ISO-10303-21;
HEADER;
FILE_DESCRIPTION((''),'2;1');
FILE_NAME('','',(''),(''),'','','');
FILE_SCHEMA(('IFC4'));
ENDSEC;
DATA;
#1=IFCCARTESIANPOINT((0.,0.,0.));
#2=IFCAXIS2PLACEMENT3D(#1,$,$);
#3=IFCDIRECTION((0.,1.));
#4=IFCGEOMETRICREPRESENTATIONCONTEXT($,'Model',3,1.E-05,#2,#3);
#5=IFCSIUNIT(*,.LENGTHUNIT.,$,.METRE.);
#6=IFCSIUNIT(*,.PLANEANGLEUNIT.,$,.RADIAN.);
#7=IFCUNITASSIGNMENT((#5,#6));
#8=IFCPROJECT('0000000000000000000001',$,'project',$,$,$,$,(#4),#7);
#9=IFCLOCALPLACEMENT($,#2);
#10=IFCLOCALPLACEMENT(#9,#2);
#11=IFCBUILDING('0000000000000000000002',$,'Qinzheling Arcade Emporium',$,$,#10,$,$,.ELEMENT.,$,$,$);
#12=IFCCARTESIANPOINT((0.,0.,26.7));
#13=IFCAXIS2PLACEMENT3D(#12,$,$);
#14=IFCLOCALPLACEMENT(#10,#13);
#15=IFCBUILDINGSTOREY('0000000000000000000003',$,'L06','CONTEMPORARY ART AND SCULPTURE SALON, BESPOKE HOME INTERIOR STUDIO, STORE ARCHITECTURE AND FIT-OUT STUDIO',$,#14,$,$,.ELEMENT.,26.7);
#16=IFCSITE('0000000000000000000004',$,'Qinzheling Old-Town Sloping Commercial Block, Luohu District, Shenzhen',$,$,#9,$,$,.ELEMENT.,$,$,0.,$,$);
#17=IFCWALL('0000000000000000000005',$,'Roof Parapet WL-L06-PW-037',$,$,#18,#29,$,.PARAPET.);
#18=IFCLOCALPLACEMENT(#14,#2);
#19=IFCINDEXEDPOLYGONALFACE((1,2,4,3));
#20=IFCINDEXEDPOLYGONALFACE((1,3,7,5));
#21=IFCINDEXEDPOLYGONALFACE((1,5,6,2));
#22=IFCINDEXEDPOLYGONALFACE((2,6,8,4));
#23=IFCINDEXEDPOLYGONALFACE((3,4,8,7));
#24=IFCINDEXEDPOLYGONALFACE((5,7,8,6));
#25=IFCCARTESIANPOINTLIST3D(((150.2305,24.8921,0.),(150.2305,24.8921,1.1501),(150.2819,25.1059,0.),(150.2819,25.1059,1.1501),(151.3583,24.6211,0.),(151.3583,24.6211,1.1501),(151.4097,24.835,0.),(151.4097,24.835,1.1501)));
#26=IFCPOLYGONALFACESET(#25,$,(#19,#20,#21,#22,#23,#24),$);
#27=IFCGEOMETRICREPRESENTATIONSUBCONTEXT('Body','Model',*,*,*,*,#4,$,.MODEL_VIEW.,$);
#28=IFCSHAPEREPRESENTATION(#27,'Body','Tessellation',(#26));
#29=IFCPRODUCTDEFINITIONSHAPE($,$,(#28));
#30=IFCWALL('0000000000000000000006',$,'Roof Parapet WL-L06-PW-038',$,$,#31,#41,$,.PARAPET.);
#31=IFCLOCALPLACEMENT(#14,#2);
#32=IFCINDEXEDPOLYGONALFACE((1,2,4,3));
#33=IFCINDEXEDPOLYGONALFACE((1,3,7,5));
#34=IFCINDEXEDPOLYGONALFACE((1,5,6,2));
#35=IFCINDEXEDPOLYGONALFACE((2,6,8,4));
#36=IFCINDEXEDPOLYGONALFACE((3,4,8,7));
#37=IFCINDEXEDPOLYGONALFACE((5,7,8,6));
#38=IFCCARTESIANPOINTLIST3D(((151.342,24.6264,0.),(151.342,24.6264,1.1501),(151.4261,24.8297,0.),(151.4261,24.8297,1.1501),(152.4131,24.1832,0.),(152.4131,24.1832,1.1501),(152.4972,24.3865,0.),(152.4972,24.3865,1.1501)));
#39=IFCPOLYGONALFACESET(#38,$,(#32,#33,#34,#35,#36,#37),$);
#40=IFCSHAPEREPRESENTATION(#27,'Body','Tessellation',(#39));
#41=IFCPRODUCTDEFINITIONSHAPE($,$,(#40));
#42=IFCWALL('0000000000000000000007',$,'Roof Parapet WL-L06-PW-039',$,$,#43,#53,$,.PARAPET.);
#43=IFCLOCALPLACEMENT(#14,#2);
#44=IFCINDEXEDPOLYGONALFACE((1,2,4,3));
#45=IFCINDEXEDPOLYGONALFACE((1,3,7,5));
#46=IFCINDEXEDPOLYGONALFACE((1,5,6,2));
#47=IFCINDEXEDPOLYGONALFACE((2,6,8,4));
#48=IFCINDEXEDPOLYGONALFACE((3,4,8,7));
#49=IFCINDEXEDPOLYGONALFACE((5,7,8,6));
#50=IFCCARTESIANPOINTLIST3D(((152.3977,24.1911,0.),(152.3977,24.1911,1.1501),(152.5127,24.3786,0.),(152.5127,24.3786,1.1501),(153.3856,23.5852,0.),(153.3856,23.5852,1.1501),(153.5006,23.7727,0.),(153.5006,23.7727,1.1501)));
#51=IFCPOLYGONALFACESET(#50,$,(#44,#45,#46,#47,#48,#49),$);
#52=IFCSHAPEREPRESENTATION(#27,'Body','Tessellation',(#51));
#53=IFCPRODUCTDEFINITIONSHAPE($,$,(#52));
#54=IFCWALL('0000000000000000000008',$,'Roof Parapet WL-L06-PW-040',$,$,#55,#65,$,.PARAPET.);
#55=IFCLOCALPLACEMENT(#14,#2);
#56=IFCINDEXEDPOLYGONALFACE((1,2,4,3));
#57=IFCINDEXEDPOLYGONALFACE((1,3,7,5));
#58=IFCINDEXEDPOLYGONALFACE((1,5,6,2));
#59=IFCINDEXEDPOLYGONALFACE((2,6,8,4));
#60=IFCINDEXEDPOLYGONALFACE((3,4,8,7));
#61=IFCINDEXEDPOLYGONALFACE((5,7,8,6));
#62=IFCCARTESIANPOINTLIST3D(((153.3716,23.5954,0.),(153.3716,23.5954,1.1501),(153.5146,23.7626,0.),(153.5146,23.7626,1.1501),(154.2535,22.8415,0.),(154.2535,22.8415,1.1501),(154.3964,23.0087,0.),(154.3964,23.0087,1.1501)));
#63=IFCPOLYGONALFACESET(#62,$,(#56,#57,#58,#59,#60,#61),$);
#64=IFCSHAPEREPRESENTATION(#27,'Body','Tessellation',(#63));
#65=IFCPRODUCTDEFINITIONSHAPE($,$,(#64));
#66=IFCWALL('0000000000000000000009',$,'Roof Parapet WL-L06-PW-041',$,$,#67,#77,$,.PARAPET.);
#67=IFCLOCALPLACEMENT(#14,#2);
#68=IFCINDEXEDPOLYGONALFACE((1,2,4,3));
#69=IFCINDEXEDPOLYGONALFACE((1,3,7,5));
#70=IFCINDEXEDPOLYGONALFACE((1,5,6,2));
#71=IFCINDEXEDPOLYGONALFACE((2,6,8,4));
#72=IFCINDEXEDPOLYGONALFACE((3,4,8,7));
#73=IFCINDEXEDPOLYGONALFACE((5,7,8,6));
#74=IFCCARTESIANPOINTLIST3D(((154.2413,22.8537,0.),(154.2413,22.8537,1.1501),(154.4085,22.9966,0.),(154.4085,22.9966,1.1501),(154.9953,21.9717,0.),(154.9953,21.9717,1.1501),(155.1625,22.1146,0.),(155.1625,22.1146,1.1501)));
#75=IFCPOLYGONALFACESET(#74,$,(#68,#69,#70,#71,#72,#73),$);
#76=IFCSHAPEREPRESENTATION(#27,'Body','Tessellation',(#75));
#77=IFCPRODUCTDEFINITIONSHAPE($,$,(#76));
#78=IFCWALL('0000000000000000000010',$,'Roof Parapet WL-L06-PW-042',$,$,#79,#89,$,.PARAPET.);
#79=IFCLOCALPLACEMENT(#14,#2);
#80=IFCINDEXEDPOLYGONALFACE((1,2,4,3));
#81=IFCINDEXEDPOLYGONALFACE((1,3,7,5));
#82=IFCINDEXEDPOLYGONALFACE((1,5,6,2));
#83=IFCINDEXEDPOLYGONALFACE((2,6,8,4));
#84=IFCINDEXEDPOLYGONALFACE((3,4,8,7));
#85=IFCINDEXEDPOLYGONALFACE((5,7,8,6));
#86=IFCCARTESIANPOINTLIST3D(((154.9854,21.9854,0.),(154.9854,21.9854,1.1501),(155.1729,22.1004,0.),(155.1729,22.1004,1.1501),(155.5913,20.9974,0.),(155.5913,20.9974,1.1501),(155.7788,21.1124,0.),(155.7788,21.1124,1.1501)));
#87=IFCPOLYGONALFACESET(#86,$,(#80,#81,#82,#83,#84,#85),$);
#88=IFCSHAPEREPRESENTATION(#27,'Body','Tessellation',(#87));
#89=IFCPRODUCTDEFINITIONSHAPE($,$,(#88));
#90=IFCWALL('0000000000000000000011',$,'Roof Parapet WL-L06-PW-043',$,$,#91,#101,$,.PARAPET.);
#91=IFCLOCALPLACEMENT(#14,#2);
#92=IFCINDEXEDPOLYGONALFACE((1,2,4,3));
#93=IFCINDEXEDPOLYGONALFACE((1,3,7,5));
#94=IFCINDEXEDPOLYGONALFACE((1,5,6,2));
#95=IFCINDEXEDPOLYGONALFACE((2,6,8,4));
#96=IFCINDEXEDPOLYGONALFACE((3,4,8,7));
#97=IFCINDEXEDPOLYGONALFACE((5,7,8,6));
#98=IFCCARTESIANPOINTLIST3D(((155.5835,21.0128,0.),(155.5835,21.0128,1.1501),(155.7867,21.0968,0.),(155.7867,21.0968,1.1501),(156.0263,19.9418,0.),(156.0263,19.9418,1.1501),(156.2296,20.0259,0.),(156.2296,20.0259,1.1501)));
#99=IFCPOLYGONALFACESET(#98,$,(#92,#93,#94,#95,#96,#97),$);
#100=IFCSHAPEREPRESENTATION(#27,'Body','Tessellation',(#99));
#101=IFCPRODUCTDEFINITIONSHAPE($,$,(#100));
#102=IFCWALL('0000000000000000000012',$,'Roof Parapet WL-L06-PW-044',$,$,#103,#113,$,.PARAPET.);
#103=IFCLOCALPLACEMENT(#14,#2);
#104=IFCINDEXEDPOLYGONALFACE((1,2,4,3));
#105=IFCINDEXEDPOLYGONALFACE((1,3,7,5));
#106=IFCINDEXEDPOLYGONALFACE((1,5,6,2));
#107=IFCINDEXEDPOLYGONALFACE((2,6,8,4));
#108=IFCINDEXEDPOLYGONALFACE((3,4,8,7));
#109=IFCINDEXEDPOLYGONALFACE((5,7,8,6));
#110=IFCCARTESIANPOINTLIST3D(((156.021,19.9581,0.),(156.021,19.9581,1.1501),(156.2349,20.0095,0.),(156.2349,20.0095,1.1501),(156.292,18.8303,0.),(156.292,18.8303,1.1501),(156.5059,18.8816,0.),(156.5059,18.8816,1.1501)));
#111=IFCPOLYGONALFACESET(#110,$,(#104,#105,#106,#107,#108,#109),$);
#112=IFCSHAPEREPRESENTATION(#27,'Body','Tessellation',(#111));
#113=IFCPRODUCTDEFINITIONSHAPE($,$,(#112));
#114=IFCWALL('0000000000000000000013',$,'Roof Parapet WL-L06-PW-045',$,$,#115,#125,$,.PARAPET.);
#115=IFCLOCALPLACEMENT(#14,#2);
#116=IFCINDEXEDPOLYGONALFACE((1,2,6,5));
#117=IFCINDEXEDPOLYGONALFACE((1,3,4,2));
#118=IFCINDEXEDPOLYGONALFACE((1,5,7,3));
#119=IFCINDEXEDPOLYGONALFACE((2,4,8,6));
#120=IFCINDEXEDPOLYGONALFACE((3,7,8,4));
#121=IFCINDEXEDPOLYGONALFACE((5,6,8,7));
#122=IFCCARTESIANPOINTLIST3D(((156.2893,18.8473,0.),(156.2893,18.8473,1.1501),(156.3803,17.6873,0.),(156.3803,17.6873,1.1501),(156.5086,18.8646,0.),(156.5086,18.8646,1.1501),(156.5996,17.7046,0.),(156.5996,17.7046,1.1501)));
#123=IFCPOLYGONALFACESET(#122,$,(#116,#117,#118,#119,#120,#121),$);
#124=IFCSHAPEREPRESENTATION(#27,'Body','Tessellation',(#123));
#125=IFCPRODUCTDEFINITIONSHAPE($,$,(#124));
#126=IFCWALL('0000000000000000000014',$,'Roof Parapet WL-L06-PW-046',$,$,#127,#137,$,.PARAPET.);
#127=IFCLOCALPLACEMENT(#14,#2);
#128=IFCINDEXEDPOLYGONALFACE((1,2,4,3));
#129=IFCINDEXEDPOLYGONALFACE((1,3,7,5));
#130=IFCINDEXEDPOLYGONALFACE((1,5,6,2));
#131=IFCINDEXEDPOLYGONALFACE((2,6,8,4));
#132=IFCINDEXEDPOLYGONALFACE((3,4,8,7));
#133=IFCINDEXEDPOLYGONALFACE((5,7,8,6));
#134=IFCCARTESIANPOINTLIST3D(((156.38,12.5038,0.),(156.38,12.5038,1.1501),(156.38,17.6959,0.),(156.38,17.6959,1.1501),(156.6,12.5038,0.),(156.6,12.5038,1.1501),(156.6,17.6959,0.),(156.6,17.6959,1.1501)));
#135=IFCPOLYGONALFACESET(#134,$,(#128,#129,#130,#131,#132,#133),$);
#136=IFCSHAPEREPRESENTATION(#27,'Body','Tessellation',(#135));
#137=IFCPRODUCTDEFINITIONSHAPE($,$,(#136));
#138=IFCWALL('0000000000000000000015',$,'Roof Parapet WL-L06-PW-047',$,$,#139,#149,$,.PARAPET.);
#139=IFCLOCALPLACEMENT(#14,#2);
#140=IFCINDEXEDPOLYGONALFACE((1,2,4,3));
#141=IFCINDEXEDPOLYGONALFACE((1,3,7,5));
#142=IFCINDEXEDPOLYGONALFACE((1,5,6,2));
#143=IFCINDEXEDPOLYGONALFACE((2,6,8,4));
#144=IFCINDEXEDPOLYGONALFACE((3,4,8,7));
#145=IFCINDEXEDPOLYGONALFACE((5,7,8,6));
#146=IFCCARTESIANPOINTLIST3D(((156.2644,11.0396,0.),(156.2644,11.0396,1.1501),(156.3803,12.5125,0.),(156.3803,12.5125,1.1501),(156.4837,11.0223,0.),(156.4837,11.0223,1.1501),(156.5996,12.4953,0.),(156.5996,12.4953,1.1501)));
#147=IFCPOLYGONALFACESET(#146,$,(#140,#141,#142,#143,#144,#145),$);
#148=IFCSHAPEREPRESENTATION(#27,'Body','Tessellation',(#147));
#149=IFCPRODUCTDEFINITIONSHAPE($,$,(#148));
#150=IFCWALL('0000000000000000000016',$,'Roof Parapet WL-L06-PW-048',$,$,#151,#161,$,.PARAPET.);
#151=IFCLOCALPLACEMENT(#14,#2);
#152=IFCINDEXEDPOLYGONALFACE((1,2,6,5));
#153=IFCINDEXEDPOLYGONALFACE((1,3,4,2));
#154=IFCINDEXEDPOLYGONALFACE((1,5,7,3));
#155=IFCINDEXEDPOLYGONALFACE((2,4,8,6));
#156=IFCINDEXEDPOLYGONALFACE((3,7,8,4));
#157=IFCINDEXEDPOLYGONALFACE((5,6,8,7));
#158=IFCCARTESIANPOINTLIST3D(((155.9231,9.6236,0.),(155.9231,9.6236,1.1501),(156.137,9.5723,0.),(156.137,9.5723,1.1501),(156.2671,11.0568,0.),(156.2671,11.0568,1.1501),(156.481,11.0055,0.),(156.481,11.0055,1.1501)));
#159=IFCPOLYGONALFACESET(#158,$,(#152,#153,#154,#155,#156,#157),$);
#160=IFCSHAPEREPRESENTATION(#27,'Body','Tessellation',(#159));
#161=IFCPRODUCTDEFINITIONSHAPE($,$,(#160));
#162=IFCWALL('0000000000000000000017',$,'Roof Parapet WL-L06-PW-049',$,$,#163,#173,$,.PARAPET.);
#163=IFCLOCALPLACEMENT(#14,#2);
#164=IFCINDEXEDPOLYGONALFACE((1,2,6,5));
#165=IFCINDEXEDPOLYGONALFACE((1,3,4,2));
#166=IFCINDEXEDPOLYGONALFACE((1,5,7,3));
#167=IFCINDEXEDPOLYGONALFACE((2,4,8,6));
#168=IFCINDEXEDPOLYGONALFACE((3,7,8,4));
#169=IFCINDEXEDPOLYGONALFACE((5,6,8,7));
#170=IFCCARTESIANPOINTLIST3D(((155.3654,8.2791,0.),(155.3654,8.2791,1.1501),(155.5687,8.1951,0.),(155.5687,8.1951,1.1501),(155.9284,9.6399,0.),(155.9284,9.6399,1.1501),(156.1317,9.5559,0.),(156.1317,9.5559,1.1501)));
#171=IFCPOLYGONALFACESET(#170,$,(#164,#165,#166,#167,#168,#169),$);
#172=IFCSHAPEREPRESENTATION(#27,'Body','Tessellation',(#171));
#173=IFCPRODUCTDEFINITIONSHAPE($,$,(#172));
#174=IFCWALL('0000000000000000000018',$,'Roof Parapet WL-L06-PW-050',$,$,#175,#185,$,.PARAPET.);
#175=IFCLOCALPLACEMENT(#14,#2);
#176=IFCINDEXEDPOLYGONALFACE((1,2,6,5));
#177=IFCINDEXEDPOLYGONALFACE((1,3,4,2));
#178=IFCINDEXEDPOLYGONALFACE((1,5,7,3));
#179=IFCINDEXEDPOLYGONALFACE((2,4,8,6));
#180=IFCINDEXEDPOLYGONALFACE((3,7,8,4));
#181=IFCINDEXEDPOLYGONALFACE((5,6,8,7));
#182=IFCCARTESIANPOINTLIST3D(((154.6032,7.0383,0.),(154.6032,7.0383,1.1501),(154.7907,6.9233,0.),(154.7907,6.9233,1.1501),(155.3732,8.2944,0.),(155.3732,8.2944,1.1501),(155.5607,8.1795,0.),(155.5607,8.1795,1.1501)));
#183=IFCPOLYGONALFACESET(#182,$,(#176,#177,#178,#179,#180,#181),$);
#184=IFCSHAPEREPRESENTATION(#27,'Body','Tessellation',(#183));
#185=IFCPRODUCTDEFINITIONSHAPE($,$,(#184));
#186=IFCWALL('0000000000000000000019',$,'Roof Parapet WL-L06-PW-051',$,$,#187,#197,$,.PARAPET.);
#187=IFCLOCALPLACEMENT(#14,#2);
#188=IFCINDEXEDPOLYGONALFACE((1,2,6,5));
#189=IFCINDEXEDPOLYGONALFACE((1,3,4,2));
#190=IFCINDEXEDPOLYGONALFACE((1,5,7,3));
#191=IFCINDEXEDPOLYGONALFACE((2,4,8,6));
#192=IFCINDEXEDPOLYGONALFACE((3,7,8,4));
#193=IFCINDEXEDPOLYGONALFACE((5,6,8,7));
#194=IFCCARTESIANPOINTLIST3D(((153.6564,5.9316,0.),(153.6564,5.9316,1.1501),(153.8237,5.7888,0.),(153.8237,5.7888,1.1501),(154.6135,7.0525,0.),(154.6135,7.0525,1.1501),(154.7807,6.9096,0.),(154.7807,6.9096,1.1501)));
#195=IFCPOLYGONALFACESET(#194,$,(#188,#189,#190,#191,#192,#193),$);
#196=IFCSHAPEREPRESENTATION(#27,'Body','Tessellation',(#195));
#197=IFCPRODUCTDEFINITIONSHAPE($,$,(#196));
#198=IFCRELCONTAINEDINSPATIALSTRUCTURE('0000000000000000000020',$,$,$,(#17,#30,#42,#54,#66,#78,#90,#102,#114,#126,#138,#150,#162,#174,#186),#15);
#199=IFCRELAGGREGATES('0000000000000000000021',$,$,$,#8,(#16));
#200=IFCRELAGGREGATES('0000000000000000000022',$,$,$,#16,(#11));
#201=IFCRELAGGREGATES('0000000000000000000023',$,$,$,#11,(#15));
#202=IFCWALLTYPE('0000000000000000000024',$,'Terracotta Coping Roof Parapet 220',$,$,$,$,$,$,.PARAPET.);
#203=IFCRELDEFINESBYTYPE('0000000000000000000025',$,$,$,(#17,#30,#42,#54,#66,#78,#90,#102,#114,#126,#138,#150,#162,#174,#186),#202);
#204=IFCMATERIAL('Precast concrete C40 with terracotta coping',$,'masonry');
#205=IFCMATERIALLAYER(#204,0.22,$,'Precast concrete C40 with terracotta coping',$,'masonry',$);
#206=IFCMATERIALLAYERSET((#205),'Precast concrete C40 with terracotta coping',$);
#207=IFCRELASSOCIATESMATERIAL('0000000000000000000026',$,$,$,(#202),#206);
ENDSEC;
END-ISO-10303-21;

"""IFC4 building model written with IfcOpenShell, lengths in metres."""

from ifc_helpers import new_model, si_unit, direction, frame, frame_2d, origin, place, context, subcontext, project, spatial, rectangle, extrude, material, layer, layer_set, type_object, element, save


model = new_model("IFC4")

# Units and contexts
model_context = context("Model", 3, precision=1e-05, world=origin(), true_north=direction((0.0, 1.0)))
body_context = subcontext(model_context, "Body", "Model", "MODEL_VIEW")
ifc_project = project(units=[si_unit("LENGTHUNIT", "METRE"), si_unit("PLANEANGLEUNIT", "RADIAN")], contexts=[model_context])

# Site, building, storey
site_placement = place(None, origin())
site = spatial("IfcSite", under=ifc_project, at=site_placement, Name="Qinzheling Old-Town Sloping Commercial Block, Luohu District, Shenzhen", CompositionType="ELEMENT", RefElevation=0.0)
building_placement = place(site_placement, origin())
building = spatial("IfcBuilding", under=site, at=building_placement, Name="Qinzheling Arcade Emporium", CompositionType="ELEMENT")
storey_placement = place(building_placement, frame((0.0, 0.0, 26.7)))
storey = spatial("IfcBuildingStorey", under=building, at=storey_placement, Name="L06", Description="CONTEMPORARY ART AND SCULPTURE SALON, BESPOKE HOME INTERIOR STUDIO, STORE ARCHITECTURE AND FIT-OUT STUDIO", CompositionType="ELEMENT", Elevation=26.7)

# Walls
ifc_material_1 = material(Name="Precast concrete C40 with terracotta coping", Category="masonry")
ifc_layer_1 = layer(ifc_material_1, 0.22, Name="Precast concrete C40 with terracotta coping", Category="masonry")
ifc_layer_set_1 = layer_set([ifc_layer_1], Name="Precast concrete C40 with terracotta coping")
wall_type_1 = type_object("IfcWallType", Name="Terracotta Coping Roof Parapet 220", PredefinedType="PARAPET", material=ifc_layer_set_1)
wall_1_placement = place(storey_placement, frame((150.2561, 24.999, 0.0), z_axis=(0.0, 0.0, 1.0), x_axis=(0.97233, -0.233612, 0.0)))
element("IfcWall", 1, at=wall_1_placement, inside=storey, type_object=wall_type_1, Name="Roof Parapet WL-L06-PW-037", PredefinedType="PARAPET", context=body_context, shape_type="SweptSolid", body=[
    extrude(rectangle(XDim=1.1599, YDim=0.22, at=frame_2d((0.5801, 0.0))), origin(), (0.0, 0.0, 1.0), 1.1501),
])
wall_2_placement = place(storey_placement, frame((151.384, 24.728, 0.0), z_axis=(0.0, 0.0, 1.0), x_axis=(0.92404, -0.382296, 0.0)))
element("IfcWall", 2, at=wall_2_placement, inside=storey, type_object=wall_type_1, Name="Roof Parapet WL-L06-PW-038", PredefinedType="PARAPET", context=body_context, shape_type="SweptSolid", body=[
    extrude(rectangle(XDim=1.1592, YDim=0.22, at=frame_2d((0.5796, 0.0))), origin(), (0.0, 0.0, 1.0), 1.1501),
])
wall_3_placement = place(storey_placement, frame((152.4551, 24.2849, 0.0), z_axis=(0.0, 0.0, 1.0), x_axis=(0.852453, -0.522804, 0.0)))
element("IfcWall", 3, at=wall_3_placement, inside=storey, type_object=wall_type_1, Name="Roof Parapet WL-L06-PW-039", PredefinedType="PARAPET", context=body_context, shape_type="SweptSolid", body=[
    extrude(rectangle(XDim=1.1589, YDim=0.22, at=frame_2d((0.5796, 0.0))), origin(), (0.0, 0.0, 1.0), 1.1501),
])
wall_4_placement = place(storey_placement, frame((153.4431, 23.679, 0.0), z_axis=(0.0, 0.0, 1.0), x_axis=(0.760088, -0.64982, 0.0)))
element("IfcWall", 4, at=wall_4_placement, inside=storey, type_object=wall_type_1, Name="Roof Parapet WL-L06-PW-040", PredefinedType="PARAPET", context=body_context, shape_type="SweptSolid", body=[
    extrude(rectangle(XDim=1.1602, YDim=0.22, at=frame_2d((0.5801, 0.0))), origin(), (0.0, 0.0, 1.0), 1.1501),
])
wall_5_placement = place(storey_placement, frame((154.325, 22.925, 0.0), z_axis=(0.0, 0.0, 1.0), x_axis=(0.649838, -0.760073, 0.0)))
element("IfcWall", 5, at=wall_5_placement, inside=storey, type_object=wall_type_1, Name="Roof Parapet WL-L06-PW-041", PredefinedType="PARAPET", context=body_context, shape_type="SweptSolid", body=[
    extrude(rectangle(XDim=1.1604, YDim=0.22, at=frame_2d((0.5801, 0.0))), origin(), (0.0, 0.0, 1.0), 1.1501),
])
for number, where, z_axis, x_axis, name in (
    (6, (155.0791, 22.043, 0.0), (0.0, 0.0, 1.0), (0.522804, -0.852453, 0.0), "Roof Parapet WL-L06-PW-042"),
    (7, (155.6851, 21.0549, 0.0), (0.0, 0.0, 1.0), (0.382116, -0.924114, 0.0), "Roof Parapet WL-L06-PW-043"),
):
    element("IfcWall", number, at=place(storey_placement, frame(where, z_axis=z_axis, x_axis=x_axis)), inside=storey, type_object=wall_type_1, Name=name, PredefinedType="PARAPET", context=body_context, shape_type="SweptSolid", body=[
        extrude(rectangle(XDim=1.1589, YDim=0.22, at=frame_2d((0.5796, 0.0))), origin(), (0.0, 0.0, 1.0), 1.1501),
    ])
wall_6_placement = place(storey_placement, frame((156.1279, 19.9839, 0.0), z_axis=(0.0, 0.0, 1.0), x_axis=(0.233612, -0.97233, 0.0)))
element("IfcWall", 8, at=wall_6_placement, inside=storey, type_object=wall_type_1, Name="Roof Parapet WL-L06-PW-044", PredefinedType="PARAPET", context=body_context, shape_type="SweptSolid", body=[
    extrude(rectangle(XDim=1.1599, YDim=0.22, at=frame_2d((0.5801, 0.0))), origin(), (0.0, 0.0, 1.0), 1.1501),
])
wall_7_placement = place(storey_placement, frame((156.3989, 18.856, 0.0), z_axis=(0.0, 0.0, 1.0), x_axis=(0.078269, -0.996932, 0.0)))
element("IfcWall", 9, at=wall_7_placement, inside=storey, type_object=wall_type_1, Name="Roof Parapet WL-L06-PW-045", PredefinedType="PARAPET", context=body_context, shape_type="SweptSolid", body=[
    extrude(rectangle(XDim=1.1636, YDim=0.22, at=frame_2d((0.5818, 0.0))), origin(), (0.0, 0.0, 1.0), 1.1501),
])
wall_8_placement = place(storey_placement, frame((156.49, 17.696, 0.0), z_axis=(0.0, 0.0, 1.0), x_axis=(0.0, -1.0, 0.0)))
element("IfcWall", 10, at=wall_8_placement, inside=storey, type_object=wall_type_1, Name="Roof Parapet WL-L06-PW-046", PredefinedType="PARAPET", context=body_context, shape_type="SweptSolid", body=[
    extrude(rectangle(XDim=5.1921, YDim=0.22, at=frame_2d((2.5962, 0.0))), origin(), (0.0, 0.0, 1.0), 1.1501),
])
wall_9_placement = place(storey_placement, frame((156.49, 12.5039, 0.0), z_axis=(0.0, 0.0, 1.0), x_axis=(-0.078491, -0.996915, 0.0)))
element("IfcWall", 11, at=wall_9_placement, inside=storey, type_object=wall_type_1, Name="Roof Parapet WL-L06-PW-047", PredefinedType="PARAPET", context=body_context, shape_type="SweptSolid", body=[
    extrude(rectangle(XDim=1.4775, YDim=0.22, at=frame_2d((0.7388, 0.0))), origin(), (0.0, 0.0, 1.0), 1.1501),
])
wall_10_placement = place(storey_placement, frame((156.374, 11.031, 0.0), z_axis=(0.0, 0.0, 1.0), x_axis=(-0.233404, -0.97238, 0.0)))
element("IfcWall", 12, at=wall_10_placement, inside=storey, type_object=wall_type_1, Name="Roof Parapet WL-L06-PW-048", PredefinedType="PARAPET", context=body_context, shape_type="SweptSolid", body=[
    extrude(rectangle(XDim=1.4739, YDim=0.22, at=frame_2d((0.7368, 0.0))), origin(), (0.0, 0.0, 1.0), 1.1501),
])
wall_11_placement = place(storey_placement, frame((156.03, 9.5979, 0.0), z_axis=(0.0, 0.0, 1.0), x_axis=(-0.382283, -0.924045, 0.0)))
element("IfcWall", 13, at=wall_11_placement, inside=storey, type_object=wall_type_1, Name="Roof Parapet WL-L06-PW-049", PredefinedType="PARAPET", context=body_context, shape_type="SweptSolid", body=[
    extrude(rectangle(XDim=1.4727, YDim=0.22, at=frame_2d((0.7363, 0.0))), origin(), (0.0, 0.0, 1.0), 1.1501),
])
wall_12_placement = place(storey_placement, frame((155.467, 8.2371, 0.0), z_axis=(0.0, 0.0, 1.0), x_axis=(-0.522636, -0.852556, 0.0)))
element("IfcWall", 14, at=wall_12_placement, inside=storey, type_object=wall_type_1, Name="Roof Parapet WL-L06-PW-050", PredefinedType="PARAPET", context=body_context, shape_type="SweptSolid", body=[
    extrude(rectangle(XDim=1.4734, YDim=0.22, at=frame_2d((0.7368, 0.0))), origin(), (0.0, 0.0, 1.0), 1.1501),
])
wall_13_placement = place(storey_placement, frame((154.697, 6.981, 0.0), z_axis=(0.0, 0.0, 1.0), x_axis=(-0.649344, -0.760495, 0.0)))
element("IfcWall", 15, at=wall_13_placement, inside=storey, type_object=wall_type_1, Name="Roof Parapet WL-L06-PW-051", PredefinedType="PARAPET", context=body_context, shape_type="SweptSolid", body=[
    extrude(rectangle(XDim=1.4739, YDim=0.22, at=frame_2d((0.7368, 0.0))), origin(), (0.0, 0.0, 1.0), 1.1501),
])

save(model, "model.ifc")
